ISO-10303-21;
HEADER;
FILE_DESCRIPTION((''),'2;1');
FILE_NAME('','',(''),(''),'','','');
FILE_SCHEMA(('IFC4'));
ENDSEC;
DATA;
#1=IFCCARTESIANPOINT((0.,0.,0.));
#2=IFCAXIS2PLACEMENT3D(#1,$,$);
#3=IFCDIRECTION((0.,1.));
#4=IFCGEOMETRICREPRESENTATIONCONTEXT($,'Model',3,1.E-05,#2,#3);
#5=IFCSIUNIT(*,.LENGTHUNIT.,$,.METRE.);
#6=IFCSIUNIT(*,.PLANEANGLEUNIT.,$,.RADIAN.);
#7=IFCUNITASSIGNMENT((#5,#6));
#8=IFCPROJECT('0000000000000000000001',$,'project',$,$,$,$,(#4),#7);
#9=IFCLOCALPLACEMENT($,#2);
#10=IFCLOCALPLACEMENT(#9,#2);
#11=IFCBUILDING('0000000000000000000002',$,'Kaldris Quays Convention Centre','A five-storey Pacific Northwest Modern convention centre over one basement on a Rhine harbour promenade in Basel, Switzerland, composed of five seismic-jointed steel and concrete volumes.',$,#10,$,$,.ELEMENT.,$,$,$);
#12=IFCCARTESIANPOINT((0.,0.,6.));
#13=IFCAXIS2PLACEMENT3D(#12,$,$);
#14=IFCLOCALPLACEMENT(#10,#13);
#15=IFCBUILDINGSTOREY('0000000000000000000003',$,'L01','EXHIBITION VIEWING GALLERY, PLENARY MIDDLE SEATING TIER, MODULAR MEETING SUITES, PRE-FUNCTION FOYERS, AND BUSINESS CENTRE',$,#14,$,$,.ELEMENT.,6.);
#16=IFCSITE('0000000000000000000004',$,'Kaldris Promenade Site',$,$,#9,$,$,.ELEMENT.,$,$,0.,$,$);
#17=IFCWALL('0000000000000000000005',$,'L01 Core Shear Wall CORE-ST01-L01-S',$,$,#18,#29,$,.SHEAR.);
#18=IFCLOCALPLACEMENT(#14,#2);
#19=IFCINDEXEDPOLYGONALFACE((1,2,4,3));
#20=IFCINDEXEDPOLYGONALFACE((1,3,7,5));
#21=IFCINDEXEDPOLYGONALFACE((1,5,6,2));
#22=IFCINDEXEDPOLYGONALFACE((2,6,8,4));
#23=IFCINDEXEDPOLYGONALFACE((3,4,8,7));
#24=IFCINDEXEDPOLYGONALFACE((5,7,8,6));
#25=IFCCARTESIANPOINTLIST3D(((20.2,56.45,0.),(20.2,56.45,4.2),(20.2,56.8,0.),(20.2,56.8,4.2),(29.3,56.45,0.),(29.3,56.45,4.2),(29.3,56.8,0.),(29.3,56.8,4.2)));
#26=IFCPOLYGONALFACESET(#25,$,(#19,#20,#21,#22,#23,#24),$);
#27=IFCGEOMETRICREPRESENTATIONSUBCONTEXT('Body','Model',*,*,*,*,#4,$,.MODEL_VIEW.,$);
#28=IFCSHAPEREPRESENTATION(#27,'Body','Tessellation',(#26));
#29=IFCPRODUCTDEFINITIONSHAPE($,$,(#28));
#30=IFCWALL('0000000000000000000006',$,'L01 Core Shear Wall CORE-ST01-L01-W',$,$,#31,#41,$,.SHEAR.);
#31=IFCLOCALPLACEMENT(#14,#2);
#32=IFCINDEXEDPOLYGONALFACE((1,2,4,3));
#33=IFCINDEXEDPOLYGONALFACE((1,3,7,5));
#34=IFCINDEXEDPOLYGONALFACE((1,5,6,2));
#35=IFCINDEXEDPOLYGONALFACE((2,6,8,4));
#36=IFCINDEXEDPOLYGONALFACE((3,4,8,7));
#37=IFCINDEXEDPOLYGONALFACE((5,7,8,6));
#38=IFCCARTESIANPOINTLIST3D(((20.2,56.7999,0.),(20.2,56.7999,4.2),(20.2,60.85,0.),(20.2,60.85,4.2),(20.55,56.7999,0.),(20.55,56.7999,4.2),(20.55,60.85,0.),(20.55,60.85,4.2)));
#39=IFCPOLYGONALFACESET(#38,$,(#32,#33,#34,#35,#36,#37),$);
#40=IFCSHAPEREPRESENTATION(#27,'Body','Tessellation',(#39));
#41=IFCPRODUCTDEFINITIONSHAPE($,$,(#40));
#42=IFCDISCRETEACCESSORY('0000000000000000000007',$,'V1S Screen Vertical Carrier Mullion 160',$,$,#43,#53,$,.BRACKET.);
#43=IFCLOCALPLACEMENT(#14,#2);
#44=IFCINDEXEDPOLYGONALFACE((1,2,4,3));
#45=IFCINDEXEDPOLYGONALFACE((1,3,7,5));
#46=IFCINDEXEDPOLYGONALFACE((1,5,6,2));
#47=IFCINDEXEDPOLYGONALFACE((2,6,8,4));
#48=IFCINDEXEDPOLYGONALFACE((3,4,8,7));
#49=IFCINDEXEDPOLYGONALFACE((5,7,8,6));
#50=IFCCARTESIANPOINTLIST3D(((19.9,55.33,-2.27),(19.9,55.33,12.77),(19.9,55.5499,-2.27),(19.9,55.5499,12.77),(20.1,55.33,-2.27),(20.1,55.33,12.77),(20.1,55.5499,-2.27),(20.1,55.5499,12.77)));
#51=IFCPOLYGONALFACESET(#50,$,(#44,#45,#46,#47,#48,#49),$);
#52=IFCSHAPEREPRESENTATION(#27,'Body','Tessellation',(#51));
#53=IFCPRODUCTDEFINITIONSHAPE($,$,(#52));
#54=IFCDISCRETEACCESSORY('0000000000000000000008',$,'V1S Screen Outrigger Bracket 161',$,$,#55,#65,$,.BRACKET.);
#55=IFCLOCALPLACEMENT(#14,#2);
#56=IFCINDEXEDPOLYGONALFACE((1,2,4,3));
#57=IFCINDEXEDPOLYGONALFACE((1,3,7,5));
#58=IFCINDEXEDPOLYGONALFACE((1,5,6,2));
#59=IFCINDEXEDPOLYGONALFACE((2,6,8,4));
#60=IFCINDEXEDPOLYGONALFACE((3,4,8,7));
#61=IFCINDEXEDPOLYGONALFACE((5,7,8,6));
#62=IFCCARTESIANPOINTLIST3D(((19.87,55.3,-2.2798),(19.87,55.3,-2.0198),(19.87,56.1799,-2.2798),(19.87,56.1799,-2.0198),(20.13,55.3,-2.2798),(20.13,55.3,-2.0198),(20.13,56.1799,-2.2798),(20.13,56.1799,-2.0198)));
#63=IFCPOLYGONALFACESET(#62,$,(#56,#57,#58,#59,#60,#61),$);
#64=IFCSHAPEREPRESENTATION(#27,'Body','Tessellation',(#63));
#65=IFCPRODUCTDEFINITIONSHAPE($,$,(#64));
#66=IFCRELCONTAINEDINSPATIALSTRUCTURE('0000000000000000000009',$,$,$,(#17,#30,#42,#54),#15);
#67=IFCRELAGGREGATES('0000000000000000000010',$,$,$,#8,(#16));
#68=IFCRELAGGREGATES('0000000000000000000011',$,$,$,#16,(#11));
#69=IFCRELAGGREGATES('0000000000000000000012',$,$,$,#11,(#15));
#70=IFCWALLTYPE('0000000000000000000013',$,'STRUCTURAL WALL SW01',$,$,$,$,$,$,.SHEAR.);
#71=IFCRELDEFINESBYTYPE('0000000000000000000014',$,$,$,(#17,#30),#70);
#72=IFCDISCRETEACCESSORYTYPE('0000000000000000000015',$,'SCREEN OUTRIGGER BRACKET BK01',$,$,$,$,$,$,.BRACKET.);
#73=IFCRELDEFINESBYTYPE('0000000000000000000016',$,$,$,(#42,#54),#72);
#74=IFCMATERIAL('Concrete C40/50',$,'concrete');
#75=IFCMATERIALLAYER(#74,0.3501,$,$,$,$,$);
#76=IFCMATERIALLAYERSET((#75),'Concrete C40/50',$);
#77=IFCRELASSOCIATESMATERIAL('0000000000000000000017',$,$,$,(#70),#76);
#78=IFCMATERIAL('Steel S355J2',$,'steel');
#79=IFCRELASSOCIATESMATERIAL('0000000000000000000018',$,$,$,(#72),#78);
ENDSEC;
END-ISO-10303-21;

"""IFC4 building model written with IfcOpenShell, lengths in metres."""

from ifc_helpers import new_model, si_unit, direction, frame, frame_2d, origin, origin_2d, place, context, subcontext, project, spatial, rectangle, extrude, material, layer, layer_set, type_object, element, save


model = new_model("IFC4")

# Units and contexts
model_context = context("Model", 3, precision=1e-05, world=origin(), true_north=direction((0.0, 1.0)))
body_context = subcontext(model_context, "Body", "Model", "MODEL_VIEW")
ifc_project = project(units=[si_unit("LENGTHUNIT", "METRE"), si_unit("PLANEANGLEUNIT", "RADIAN")], contexts=[model_context])

# Site, building, storey
site_placement = place(None, origin())
site = spatial("IfcSite", under=ifc_project, at=site_placement, Name="Kaldris Promenade Site", CompositionType="ELEMENT", RefElevation=0.0)
building_placement = place(site_placement, origin())
building = spatial("IfcBuilding", under=site, at=building_placement, Name="Kaldris Quays Convention Centre", Description="A five-storey Pacific Northwest Modern convention centre over one basement on a Rhine harbour promenade in Basel, Switzerland, composed of five seismic-jointed steel and concrete volumes.", CompositionType="ELEMENT")
storey_placement = place(building_placement, frame((0.0, 0.0, 6.0)))
storey = spatial("IfcBuildingStorey", under=building, at=storey_placement, Name="L01", Description="EXHIBITION VIEWING GALLERY, PLENARY MIDDLE SEATING TIER, MODULAR MEETING SUITES, PRE-FUNCTION FOYERS, AND BUSINESS CENTRE", CompositionType="ELEMENT", Elevation=6.0)

# Shared definitions
ifc_material_1 = material(Name="Steel S355J2", Category="steel")

# Walls
ifc_material_2 = material(Name="Concrete C40/50", Category="concrete")
ifc_layer = layer(ifc_material_2, 0.3501)
ifc_layer_set = layer_set([ifc_layer], Name="Concrete C40/50")
wall_type = type_object("IfcWallType", Name="STRUCTURAL WALL SW01", PredefinedType="SHEAR", material=ifc_layer_set)
wall_1_placement = place(storey_placement, frame((20.2, 56.625, 0.0), z_axis=(0.0, 0.0, 1.0), x_axis=(1.0, 0.0, 0.0)))
element("IfcWall", 1, at=wall_1_placement, inside=storey, type_object=wall_type, Name="L01 Core Shear Wall CORE-ST01-L01-S", PredefinedType="SHEAR", context=body_context, shape_type="SweptSolid", body=[
    extrude(rectangle(XDim=9.1001, YDim=0.3501, at=frame_2d((4.55, 0.0))), origin(), (0.0, 0.0, 1.0), 4.2),
])
wall_2_placement = place(storey_placement, frame((20.375, 56.8, 0.0), z_axis=(0.0, 0.0, 1.0), x_axis=(0.0, 1.0, 0.0)))
element("IfcWall", 2, at=wall_2_placement, inside=storey, type_object=wall_type, Name="L01 Core Shear Wall CORE-ST01-L01-W", PredefinedType="SHEAR", context=body_context, shape_type="SweptSolid", body=[
    extrude(rectangle(XDim=4.05, YDim=0.3501, at=frame_2d((2.0249, 0.0))), origin(), (0.0, 0.0, 1.0), 4.2),
])

# Discrete accessories
discrete_accessory_type = type_object("IfcDiscreteAccessoryType", Name="SCREEN OUTRIGGER BRACKET BK01", PredefinedType="BRACKET", material=ifc_material_1)
discrete_accessory_1_placement = place(storey_placement, frame((20.0, 55.4399, -2.27), z_axis=(0.0, 0.0, 1.0), x_axis=(1.0, 0.0, 0.0)))
element("IfcDiscreteAccessory", 3, at=discrete_accessory_1_placement, inside=storey, type_object=discrete_accessory_type, Name="V1S Screen Vertical Carrier Mullion 160", PredefinedType="BRACKET", context=body_context, shape_type="SweptSolid", body=[
    extrude(rectangle(XDim=0.2, YDim=0.22, at=origin_2d()), origin(), (0.0, 0.0, 1.0), 15.04),
])
discrete_accessory_2_placement = place(storey_placement, frame((20.0, 55.74, -2.2798), z_axis=(0.0, 0.0, 1.0), x_axis=(1.0, 0.0, 0.0)))
element("IfcDiscreteAccessory", 4, at=discrete_accessory_2_placement, inside=storey, type_object=discrete_accessory_type, Name="V1S Screen Outrigger Bracket 161", PredefinedType="BRACKET", context=body_context, shape_type="SweptSolid", body=[
    extrude(rectangle(XDim=0.26, YDim=0.8799, at=origin_2d()), origin(), (0.0, 0.0, 1.0), 0.26),
])

save(model, "model.ifc")
